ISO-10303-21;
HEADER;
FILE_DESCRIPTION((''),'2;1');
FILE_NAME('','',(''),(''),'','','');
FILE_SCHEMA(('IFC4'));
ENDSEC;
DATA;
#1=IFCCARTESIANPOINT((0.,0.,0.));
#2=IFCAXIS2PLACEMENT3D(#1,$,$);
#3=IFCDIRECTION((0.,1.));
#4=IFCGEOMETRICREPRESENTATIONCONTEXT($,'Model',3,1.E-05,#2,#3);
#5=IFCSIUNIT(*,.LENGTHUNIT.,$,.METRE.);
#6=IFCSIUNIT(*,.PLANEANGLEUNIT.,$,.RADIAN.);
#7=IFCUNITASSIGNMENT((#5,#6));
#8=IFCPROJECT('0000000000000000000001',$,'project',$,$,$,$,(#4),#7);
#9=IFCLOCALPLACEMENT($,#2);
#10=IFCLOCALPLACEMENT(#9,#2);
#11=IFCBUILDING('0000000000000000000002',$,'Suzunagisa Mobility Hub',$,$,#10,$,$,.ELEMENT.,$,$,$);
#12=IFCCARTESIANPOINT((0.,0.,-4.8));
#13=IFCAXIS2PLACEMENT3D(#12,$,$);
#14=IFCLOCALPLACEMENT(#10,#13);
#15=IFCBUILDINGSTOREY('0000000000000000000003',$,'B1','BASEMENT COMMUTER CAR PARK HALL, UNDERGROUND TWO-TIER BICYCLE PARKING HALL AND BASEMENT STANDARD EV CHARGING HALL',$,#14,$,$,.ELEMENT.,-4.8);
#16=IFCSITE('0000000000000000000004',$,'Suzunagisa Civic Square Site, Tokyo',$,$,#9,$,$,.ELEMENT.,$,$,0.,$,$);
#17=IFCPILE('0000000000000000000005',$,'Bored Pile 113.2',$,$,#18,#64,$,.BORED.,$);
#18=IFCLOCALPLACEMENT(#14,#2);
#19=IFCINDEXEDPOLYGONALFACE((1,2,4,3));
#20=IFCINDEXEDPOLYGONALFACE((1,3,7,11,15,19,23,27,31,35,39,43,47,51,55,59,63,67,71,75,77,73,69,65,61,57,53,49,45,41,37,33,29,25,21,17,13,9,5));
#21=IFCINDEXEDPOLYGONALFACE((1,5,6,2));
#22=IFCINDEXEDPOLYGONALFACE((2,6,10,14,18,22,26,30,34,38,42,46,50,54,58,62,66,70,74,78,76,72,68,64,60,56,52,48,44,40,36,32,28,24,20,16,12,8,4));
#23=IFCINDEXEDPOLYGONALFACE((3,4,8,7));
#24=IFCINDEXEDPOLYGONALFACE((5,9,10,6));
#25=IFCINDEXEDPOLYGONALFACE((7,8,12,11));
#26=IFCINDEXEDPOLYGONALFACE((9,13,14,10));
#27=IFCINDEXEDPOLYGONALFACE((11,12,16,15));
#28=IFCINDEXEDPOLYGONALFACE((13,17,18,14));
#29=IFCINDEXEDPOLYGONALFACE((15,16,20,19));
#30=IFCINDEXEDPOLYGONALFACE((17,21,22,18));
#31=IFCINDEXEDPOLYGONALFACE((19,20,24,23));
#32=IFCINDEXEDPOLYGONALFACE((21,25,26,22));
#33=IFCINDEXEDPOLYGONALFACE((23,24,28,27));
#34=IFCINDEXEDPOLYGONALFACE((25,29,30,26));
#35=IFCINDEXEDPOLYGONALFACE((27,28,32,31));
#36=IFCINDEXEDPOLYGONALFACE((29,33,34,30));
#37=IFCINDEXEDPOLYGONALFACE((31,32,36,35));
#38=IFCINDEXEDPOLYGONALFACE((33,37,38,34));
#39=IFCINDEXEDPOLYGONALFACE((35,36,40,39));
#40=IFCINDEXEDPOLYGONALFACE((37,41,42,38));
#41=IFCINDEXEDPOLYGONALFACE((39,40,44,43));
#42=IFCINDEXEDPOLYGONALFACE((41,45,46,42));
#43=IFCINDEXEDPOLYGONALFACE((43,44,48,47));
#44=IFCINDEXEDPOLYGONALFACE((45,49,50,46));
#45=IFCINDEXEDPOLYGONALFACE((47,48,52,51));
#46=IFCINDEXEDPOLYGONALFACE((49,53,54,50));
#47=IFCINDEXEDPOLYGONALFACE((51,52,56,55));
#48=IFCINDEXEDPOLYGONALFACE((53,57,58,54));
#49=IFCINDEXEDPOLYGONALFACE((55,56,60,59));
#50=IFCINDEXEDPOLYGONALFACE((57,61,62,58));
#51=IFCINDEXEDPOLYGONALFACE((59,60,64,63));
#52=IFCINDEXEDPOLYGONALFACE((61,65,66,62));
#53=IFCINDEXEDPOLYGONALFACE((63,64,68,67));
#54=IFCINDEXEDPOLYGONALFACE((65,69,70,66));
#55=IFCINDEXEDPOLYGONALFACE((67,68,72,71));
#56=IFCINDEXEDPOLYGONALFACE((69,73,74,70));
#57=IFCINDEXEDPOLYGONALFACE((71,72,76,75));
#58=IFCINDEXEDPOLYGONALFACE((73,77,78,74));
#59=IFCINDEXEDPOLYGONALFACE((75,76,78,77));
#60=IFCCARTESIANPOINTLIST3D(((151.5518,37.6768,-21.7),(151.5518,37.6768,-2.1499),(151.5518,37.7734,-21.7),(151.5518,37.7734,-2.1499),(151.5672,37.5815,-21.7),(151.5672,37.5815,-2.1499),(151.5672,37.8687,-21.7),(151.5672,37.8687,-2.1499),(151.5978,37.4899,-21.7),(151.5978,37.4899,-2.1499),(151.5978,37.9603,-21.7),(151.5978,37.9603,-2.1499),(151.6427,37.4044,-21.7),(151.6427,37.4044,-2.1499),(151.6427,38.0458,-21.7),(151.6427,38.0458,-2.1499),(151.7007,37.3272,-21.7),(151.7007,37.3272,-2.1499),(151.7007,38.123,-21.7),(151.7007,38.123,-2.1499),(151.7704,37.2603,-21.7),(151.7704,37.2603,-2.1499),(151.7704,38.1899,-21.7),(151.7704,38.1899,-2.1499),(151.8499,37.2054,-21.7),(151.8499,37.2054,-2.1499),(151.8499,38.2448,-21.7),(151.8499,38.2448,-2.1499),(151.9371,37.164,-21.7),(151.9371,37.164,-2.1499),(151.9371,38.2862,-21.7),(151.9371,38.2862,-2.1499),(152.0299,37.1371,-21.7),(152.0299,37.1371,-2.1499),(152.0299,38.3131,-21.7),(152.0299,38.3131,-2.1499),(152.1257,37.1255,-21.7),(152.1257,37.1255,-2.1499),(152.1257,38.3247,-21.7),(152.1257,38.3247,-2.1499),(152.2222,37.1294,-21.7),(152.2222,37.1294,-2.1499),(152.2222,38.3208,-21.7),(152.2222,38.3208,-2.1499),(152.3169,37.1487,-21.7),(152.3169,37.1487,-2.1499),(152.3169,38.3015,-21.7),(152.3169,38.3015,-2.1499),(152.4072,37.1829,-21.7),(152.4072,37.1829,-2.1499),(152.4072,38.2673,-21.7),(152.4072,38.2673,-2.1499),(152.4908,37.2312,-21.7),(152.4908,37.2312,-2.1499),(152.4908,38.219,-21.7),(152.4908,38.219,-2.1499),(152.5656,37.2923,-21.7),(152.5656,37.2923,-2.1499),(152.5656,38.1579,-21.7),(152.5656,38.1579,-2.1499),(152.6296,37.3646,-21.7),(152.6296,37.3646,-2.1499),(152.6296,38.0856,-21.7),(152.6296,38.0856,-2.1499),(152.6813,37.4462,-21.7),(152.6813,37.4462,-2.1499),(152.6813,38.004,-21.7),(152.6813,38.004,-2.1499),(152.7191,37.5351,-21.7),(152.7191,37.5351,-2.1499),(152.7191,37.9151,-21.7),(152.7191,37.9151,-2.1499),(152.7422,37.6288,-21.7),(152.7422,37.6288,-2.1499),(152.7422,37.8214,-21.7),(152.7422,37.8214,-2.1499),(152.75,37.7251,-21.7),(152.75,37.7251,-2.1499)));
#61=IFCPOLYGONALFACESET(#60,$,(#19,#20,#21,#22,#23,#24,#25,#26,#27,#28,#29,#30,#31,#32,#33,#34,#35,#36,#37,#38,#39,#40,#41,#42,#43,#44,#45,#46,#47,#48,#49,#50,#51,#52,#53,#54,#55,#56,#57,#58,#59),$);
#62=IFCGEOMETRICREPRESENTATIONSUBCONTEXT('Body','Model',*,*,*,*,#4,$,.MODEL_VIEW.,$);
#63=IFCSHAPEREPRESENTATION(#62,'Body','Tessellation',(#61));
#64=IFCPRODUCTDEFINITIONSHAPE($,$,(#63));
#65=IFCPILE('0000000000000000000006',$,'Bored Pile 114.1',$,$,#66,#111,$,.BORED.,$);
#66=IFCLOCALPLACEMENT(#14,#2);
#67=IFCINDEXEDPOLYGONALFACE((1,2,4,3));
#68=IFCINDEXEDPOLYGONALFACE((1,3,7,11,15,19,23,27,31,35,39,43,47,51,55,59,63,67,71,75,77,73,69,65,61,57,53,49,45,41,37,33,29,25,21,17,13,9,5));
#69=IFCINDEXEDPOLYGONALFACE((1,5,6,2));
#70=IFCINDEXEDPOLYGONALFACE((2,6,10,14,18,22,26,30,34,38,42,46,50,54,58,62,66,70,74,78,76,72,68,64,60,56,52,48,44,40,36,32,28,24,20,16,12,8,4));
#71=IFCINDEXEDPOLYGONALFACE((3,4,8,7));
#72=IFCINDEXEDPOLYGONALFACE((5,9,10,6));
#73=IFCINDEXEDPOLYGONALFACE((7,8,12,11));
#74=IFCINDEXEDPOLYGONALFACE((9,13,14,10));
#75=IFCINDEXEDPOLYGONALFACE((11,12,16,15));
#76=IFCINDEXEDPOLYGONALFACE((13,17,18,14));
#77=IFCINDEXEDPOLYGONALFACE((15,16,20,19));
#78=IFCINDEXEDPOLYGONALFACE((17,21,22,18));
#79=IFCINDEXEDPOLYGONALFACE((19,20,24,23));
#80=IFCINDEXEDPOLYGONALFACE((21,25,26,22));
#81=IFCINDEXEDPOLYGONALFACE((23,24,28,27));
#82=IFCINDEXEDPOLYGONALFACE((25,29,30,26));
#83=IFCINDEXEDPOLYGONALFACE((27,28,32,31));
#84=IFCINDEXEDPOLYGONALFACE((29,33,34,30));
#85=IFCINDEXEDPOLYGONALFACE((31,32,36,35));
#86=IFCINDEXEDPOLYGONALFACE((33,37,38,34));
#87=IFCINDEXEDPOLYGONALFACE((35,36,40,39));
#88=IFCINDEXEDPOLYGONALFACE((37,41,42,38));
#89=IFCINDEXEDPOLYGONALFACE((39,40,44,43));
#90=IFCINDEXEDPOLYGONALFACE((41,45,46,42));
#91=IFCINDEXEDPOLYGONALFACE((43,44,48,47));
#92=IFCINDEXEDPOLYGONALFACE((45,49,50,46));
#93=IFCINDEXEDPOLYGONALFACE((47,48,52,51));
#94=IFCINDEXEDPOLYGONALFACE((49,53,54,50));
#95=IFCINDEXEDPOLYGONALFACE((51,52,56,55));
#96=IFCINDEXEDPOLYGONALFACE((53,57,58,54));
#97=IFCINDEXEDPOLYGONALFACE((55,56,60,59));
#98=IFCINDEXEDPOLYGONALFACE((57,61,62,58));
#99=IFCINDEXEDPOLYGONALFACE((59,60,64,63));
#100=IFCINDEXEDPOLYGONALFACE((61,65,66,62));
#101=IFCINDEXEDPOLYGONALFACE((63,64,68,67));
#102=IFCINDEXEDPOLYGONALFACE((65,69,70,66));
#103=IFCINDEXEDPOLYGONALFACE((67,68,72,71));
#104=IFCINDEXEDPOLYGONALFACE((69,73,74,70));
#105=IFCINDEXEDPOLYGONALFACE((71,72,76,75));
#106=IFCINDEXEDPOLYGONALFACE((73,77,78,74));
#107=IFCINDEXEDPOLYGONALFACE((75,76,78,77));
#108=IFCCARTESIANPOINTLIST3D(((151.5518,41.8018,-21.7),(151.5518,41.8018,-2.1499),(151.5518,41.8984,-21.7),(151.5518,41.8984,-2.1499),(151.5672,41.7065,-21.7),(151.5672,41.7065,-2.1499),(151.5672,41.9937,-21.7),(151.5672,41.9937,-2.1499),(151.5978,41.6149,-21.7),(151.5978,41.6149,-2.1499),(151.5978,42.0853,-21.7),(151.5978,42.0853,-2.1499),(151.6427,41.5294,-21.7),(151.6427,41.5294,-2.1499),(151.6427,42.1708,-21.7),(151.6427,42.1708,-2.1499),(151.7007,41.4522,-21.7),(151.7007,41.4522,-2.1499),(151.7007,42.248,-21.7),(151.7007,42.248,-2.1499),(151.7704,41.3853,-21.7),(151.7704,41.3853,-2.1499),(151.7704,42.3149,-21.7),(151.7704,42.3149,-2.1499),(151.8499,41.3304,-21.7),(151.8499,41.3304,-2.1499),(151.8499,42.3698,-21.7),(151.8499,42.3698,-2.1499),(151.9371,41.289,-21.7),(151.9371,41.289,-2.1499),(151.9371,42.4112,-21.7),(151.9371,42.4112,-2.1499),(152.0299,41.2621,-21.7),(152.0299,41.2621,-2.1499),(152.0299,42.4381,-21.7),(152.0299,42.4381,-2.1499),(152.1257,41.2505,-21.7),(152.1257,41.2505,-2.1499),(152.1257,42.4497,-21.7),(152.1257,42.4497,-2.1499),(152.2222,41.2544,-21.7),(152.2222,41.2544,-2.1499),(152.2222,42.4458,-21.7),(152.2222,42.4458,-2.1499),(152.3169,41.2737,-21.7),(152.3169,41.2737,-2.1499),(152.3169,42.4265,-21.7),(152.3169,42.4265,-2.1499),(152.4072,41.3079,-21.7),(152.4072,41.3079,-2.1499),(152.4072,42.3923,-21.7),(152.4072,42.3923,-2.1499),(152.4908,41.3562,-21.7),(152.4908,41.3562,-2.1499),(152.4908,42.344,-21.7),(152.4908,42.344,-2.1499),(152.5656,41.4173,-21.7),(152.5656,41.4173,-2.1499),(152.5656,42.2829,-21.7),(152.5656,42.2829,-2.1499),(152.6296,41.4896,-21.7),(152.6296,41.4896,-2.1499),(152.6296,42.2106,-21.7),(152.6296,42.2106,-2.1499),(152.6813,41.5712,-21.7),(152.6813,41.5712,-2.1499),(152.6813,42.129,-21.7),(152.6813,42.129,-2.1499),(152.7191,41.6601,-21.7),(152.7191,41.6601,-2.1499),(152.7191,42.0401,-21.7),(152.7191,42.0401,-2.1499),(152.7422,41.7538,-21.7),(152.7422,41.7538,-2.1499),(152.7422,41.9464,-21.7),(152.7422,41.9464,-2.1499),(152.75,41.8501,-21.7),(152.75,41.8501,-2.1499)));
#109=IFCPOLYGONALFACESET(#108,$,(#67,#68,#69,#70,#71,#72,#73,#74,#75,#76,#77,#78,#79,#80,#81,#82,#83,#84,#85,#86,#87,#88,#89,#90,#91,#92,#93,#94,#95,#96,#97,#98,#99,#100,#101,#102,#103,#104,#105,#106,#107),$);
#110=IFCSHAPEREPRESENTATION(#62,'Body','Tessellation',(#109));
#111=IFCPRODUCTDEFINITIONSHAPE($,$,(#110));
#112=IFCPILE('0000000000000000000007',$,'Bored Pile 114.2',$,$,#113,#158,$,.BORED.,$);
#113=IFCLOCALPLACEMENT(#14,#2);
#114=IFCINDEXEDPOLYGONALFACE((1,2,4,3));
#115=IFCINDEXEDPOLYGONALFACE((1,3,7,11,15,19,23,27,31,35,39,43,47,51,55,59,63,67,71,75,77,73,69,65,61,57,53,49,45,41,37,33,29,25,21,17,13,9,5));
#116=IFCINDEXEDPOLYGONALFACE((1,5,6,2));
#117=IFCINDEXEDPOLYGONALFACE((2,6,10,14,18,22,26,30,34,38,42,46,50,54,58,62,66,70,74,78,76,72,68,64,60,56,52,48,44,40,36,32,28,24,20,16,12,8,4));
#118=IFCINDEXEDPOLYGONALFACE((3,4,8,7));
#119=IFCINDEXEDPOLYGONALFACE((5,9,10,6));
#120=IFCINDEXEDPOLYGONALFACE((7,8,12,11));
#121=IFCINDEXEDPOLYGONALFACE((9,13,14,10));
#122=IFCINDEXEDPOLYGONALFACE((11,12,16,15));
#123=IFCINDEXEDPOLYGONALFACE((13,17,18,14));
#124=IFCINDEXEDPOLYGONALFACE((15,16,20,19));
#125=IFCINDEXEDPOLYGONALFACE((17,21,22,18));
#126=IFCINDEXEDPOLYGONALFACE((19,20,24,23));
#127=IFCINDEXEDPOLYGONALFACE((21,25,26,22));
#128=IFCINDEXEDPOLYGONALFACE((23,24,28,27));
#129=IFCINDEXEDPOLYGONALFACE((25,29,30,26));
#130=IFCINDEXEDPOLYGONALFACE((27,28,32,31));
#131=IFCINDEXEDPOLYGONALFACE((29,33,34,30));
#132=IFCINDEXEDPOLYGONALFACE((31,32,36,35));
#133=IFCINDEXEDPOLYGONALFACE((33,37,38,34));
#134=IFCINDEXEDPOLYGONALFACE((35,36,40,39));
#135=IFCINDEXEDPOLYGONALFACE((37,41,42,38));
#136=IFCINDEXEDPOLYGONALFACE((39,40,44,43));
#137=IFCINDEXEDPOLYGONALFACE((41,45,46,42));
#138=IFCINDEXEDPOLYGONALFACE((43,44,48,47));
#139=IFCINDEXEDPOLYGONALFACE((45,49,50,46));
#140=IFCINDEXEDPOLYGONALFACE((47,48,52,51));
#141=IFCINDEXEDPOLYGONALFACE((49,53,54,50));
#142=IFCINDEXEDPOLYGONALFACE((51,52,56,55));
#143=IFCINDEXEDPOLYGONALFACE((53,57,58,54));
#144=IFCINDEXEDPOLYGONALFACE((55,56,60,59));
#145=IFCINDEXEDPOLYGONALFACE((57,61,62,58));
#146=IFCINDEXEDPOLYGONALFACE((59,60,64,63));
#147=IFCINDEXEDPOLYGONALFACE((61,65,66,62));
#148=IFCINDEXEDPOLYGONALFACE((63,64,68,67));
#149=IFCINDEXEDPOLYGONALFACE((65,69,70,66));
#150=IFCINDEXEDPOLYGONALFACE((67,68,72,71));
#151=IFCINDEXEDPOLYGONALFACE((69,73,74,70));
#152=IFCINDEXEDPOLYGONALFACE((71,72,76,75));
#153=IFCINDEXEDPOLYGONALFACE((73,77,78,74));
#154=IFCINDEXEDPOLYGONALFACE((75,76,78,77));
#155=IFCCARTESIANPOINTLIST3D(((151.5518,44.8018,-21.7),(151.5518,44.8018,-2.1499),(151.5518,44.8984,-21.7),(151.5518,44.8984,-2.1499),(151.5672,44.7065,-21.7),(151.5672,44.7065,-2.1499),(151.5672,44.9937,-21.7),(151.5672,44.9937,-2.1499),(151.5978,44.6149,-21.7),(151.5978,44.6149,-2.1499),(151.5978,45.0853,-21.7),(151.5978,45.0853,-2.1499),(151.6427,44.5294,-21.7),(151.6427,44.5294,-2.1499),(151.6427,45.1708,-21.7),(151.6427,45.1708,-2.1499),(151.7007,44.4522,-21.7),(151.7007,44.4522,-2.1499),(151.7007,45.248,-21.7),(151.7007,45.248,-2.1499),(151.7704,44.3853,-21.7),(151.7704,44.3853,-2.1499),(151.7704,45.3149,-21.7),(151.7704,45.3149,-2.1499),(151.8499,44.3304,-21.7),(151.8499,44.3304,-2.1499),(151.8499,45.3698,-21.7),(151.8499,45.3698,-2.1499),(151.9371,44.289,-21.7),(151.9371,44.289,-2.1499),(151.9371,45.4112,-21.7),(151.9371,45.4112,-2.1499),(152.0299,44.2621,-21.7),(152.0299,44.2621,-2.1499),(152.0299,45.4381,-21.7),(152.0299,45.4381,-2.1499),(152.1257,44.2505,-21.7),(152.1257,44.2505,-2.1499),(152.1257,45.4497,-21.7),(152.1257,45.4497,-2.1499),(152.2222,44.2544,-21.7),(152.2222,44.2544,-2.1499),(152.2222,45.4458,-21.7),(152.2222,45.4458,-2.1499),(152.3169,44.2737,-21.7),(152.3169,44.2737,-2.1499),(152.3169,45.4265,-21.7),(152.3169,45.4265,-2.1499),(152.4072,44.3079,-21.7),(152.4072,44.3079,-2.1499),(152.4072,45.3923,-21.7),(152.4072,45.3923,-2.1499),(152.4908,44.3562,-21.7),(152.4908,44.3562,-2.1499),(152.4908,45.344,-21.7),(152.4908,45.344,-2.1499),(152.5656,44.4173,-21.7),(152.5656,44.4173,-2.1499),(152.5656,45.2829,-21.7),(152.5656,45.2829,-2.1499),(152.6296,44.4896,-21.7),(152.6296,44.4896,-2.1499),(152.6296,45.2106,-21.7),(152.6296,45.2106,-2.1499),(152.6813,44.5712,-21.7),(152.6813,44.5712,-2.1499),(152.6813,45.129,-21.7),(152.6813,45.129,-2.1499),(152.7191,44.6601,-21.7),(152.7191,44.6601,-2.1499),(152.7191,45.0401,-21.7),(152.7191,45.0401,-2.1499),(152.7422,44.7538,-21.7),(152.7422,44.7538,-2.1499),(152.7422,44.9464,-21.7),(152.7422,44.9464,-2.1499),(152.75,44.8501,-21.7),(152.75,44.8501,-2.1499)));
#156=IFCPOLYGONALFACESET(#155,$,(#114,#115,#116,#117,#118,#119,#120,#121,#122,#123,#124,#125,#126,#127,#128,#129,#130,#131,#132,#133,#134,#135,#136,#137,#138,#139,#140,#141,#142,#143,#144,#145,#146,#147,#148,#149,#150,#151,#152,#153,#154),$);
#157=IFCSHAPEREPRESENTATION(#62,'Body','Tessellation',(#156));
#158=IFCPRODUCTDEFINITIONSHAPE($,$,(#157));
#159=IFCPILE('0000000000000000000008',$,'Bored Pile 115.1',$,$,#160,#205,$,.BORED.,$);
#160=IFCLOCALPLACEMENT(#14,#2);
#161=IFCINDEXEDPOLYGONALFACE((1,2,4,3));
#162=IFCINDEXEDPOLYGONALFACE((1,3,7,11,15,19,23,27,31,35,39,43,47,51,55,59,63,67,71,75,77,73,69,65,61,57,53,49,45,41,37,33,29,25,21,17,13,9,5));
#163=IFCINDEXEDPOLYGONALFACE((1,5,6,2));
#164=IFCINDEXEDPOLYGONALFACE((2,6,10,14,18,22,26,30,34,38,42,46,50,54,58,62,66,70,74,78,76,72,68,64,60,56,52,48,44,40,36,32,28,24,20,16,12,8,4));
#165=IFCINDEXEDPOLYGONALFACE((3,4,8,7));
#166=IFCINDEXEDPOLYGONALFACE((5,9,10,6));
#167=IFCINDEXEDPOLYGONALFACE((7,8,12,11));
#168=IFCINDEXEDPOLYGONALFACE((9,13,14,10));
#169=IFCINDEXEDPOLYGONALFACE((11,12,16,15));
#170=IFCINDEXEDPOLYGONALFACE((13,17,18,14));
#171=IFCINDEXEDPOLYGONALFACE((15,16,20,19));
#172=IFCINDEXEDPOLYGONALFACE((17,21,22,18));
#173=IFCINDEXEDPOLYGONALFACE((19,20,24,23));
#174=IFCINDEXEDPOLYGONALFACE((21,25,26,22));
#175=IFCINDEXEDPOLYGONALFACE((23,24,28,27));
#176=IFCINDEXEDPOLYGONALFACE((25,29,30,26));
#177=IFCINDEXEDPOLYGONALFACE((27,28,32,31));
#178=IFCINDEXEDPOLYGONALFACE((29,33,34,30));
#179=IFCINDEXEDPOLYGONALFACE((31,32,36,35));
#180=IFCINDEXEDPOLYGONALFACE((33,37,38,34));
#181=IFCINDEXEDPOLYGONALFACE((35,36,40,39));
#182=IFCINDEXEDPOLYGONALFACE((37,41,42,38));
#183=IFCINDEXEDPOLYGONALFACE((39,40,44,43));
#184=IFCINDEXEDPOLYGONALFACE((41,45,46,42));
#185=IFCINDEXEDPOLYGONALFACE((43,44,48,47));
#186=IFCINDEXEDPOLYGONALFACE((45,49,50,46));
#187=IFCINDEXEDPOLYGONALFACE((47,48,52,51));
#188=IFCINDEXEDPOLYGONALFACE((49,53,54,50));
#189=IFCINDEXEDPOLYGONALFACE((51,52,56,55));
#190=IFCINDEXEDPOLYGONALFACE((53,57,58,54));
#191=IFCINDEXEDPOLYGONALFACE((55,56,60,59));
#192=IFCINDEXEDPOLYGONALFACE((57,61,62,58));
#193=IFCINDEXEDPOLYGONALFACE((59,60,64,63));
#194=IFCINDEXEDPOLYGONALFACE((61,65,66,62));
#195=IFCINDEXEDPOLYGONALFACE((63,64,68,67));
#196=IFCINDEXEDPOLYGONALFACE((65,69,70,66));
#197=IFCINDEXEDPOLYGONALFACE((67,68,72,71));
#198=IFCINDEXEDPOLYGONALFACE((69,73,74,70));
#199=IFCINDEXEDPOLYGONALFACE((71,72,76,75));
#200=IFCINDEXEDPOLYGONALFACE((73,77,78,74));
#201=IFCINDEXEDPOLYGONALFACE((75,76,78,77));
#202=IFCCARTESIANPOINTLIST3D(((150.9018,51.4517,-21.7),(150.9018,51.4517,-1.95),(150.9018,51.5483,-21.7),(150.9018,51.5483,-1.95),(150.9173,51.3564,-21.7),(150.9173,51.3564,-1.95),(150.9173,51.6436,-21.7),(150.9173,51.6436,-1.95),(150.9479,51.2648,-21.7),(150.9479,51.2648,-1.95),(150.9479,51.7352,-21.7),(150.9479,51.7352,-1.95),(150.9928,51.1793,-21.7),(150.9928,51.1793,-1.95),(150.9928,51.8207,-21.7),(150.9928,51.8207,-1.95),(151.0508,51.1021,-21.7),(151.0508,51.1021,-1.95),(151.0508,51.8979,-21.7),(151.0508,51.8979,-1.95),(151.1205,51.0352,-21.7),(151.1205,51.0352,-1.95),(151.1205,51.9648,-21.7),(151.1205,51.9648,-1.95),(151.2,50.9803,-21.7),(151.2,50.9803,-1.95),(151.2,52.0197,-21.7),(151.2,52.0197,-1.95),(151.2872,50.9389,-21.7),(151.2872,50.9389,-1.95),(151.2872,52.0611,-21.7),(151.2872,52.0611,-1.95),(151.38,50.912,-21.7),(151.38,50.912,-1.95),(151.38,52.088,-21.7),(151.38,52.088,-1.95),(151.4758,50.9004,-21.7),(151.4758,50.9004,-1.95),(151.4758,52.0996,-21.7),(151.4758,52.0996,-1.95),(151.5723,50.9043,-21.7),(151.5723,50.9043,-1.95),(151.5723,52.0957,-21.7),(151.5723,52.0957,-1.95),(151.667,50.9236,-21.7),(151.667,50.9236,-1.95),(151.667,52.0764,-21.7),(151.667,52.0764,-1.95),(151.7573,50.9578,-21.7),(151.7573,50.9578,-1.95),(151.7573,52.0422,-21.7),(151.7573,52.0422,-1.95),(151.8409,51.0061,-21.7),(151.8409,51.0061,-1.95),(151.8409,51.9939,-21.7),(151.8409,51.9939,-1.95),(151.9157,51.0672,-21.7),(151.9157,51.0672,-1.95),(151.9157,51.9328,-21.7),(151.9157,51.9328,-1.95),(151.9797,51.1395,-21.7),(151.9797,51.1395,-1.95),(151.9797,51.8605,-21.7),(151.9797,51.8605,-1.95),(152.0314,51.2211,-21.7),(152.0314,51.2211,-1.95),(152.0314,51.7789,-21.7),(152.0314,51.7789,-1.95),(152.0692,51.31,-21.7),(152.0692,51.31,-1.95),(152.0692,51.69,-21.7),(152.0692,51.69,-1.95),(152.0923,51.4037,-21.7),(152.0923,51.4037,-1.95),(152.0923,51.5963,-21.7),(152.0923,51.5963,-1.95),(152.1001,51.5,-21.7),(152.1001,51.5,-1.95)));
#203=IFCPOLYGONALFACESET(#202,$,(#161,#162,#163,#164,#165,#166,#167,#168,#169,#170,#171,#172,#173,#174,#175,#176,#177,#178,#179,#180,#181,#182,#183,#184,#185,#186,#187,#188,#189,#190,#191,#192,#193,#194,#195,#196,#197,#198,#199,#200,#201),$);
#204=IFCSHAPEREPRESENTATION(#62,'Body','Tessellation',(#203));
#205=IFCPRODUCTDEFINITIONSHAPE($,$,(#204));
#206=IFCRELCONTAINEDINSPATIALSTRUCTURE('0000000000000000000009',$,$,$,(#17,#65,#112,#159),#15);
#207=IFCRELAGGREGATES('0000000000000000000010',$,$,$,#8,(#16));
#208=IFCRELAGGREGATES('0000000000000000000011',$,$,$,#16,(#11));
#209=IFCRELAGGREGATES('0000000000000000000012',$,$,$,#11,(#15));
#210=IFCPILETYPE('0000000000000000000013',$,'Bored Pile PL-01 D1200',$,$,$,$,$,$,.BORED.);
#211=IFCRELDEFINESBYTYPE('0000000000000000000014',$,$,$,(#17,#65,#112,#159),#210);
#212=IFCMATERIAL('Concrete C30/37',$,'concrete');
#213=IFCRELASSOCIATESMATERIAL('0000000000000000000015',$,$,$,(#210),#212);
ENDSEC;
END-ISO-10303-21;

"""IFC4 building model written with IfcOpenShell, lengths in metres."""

from ifc_helpers import new_model, si_unit, direction, frame, origin, origin_2d, place, context, subcontext, project, spatial, circle, extrude, material, material_profile, profile_set, type_object, element, save


model = new_model("IFC4")

# Units and contexts
model_context = context("Model", 3, precision=1e-05, world=origin(), true_north=direction((0.0, 1.0)))
body_context = subcontext(model_context, "Body", "Model", "MODEL_VIEW")
ifc_project = project(units=[si_unit("LENGTHUNIT", "METRE"), si_unit("PLANEANGLEUNIT", "RADIAN")], contexts=[model_context])

# Site, building, storey
site_placement = place(None, origin())
site = spatial("IfcSite", under=ifc_project, at=site_placement, Name="Suzunagisa Civic Square Site, Tokyo", CompositionType="ELEMENT", RefElevation=0.0)
building_placement = place(site_placement, origin())
building = spatial("IfcBuilding", under=site, at=building_placement, Name="Suzunagisa Mobility Hub", CompositionType="ELEMENT")
storey_placement = place(building_placement, frame((0.0, 0.0, -4.8)))
storey = spatial("IfcBuildingStorey", under=building, at=storey_placement, Name="B1", Description="BASEMENT COMMUTER CAR PARK HALL, UNDERGROUND TWO-TIER BICYCLE PARKING HALL AND BASEMENT STANDARD EV CHARGING HALL", CompositionType="ELEMENT", Elevation=-4.8)

# Piles
ifc_material_1 = material(Name="Concrete C30/37", Category="concrete")
ifc_material_profile_1 = material_profile(ifc_material_1, circle(Radius=0.6001, at=origin_2d()), Name="BORED PILE D1200")
ifc_profile_set_1 = profile_set([ifc_material_profile_1], Name="Concrete C30/37")
pile_type = type_object("IfcPileType", Name="Bored Pile PL-01 D1200", PredefinedType="BORED", material=ifc_profile_set_1)
for number, where, z_axis, x_axis, name in (
    (1, (152.1499, 37.7251, -2.1499), (0.0, 0.0, -1.0), (1.0, 0.0, 0.0), "Bored Pile 113.2"),
    (2, (152.1499, 41.8501, -2.1499), (0.0, 0.0, -1.0), (1.0, 0.0, 0.0), "Bored Pile 114.1"),
    (3, (152.1499, 44.8501, -2.1499), (0.0, 0.0, -1.0), (1.0, 0.0, 0.0), "Bored Pile 114.2"),
):
    element("IfcPile", number, at=place(storey_placement, frame(where, z_axis=z_axis, x_axis=x_axis)), inside=storey, type_object=pile_type, Name=name, PredefinedType="BORED", context=body_context, shape_type="SweptSolid", body=[
        extrude(circle(Radius=0.6001, at=origin_2d()), origin(), (0.0, 0.0, 1.0), 19.55),
    ])
pile_1_placement = place(storey_placement, frame((151.5, 51.5, -1.95), z_axis=(0.0, 0.0, -1.0), x_axis=(1.0, 0.0, 0.0)))
element("IfcPile", 4, at=pile_1_placement, inside=storey, type_object=pile_type, Name="Bored Pile 115.1", PredefinedType="BORED", context=body_context, shape_type="SweptSolid", body=[
    extrude(circle(Radius=0.6001, at=origin_2d()), origin(), (0.0, 0.0, 1.0), 19.75),
])

save(model, "model.ifc")
